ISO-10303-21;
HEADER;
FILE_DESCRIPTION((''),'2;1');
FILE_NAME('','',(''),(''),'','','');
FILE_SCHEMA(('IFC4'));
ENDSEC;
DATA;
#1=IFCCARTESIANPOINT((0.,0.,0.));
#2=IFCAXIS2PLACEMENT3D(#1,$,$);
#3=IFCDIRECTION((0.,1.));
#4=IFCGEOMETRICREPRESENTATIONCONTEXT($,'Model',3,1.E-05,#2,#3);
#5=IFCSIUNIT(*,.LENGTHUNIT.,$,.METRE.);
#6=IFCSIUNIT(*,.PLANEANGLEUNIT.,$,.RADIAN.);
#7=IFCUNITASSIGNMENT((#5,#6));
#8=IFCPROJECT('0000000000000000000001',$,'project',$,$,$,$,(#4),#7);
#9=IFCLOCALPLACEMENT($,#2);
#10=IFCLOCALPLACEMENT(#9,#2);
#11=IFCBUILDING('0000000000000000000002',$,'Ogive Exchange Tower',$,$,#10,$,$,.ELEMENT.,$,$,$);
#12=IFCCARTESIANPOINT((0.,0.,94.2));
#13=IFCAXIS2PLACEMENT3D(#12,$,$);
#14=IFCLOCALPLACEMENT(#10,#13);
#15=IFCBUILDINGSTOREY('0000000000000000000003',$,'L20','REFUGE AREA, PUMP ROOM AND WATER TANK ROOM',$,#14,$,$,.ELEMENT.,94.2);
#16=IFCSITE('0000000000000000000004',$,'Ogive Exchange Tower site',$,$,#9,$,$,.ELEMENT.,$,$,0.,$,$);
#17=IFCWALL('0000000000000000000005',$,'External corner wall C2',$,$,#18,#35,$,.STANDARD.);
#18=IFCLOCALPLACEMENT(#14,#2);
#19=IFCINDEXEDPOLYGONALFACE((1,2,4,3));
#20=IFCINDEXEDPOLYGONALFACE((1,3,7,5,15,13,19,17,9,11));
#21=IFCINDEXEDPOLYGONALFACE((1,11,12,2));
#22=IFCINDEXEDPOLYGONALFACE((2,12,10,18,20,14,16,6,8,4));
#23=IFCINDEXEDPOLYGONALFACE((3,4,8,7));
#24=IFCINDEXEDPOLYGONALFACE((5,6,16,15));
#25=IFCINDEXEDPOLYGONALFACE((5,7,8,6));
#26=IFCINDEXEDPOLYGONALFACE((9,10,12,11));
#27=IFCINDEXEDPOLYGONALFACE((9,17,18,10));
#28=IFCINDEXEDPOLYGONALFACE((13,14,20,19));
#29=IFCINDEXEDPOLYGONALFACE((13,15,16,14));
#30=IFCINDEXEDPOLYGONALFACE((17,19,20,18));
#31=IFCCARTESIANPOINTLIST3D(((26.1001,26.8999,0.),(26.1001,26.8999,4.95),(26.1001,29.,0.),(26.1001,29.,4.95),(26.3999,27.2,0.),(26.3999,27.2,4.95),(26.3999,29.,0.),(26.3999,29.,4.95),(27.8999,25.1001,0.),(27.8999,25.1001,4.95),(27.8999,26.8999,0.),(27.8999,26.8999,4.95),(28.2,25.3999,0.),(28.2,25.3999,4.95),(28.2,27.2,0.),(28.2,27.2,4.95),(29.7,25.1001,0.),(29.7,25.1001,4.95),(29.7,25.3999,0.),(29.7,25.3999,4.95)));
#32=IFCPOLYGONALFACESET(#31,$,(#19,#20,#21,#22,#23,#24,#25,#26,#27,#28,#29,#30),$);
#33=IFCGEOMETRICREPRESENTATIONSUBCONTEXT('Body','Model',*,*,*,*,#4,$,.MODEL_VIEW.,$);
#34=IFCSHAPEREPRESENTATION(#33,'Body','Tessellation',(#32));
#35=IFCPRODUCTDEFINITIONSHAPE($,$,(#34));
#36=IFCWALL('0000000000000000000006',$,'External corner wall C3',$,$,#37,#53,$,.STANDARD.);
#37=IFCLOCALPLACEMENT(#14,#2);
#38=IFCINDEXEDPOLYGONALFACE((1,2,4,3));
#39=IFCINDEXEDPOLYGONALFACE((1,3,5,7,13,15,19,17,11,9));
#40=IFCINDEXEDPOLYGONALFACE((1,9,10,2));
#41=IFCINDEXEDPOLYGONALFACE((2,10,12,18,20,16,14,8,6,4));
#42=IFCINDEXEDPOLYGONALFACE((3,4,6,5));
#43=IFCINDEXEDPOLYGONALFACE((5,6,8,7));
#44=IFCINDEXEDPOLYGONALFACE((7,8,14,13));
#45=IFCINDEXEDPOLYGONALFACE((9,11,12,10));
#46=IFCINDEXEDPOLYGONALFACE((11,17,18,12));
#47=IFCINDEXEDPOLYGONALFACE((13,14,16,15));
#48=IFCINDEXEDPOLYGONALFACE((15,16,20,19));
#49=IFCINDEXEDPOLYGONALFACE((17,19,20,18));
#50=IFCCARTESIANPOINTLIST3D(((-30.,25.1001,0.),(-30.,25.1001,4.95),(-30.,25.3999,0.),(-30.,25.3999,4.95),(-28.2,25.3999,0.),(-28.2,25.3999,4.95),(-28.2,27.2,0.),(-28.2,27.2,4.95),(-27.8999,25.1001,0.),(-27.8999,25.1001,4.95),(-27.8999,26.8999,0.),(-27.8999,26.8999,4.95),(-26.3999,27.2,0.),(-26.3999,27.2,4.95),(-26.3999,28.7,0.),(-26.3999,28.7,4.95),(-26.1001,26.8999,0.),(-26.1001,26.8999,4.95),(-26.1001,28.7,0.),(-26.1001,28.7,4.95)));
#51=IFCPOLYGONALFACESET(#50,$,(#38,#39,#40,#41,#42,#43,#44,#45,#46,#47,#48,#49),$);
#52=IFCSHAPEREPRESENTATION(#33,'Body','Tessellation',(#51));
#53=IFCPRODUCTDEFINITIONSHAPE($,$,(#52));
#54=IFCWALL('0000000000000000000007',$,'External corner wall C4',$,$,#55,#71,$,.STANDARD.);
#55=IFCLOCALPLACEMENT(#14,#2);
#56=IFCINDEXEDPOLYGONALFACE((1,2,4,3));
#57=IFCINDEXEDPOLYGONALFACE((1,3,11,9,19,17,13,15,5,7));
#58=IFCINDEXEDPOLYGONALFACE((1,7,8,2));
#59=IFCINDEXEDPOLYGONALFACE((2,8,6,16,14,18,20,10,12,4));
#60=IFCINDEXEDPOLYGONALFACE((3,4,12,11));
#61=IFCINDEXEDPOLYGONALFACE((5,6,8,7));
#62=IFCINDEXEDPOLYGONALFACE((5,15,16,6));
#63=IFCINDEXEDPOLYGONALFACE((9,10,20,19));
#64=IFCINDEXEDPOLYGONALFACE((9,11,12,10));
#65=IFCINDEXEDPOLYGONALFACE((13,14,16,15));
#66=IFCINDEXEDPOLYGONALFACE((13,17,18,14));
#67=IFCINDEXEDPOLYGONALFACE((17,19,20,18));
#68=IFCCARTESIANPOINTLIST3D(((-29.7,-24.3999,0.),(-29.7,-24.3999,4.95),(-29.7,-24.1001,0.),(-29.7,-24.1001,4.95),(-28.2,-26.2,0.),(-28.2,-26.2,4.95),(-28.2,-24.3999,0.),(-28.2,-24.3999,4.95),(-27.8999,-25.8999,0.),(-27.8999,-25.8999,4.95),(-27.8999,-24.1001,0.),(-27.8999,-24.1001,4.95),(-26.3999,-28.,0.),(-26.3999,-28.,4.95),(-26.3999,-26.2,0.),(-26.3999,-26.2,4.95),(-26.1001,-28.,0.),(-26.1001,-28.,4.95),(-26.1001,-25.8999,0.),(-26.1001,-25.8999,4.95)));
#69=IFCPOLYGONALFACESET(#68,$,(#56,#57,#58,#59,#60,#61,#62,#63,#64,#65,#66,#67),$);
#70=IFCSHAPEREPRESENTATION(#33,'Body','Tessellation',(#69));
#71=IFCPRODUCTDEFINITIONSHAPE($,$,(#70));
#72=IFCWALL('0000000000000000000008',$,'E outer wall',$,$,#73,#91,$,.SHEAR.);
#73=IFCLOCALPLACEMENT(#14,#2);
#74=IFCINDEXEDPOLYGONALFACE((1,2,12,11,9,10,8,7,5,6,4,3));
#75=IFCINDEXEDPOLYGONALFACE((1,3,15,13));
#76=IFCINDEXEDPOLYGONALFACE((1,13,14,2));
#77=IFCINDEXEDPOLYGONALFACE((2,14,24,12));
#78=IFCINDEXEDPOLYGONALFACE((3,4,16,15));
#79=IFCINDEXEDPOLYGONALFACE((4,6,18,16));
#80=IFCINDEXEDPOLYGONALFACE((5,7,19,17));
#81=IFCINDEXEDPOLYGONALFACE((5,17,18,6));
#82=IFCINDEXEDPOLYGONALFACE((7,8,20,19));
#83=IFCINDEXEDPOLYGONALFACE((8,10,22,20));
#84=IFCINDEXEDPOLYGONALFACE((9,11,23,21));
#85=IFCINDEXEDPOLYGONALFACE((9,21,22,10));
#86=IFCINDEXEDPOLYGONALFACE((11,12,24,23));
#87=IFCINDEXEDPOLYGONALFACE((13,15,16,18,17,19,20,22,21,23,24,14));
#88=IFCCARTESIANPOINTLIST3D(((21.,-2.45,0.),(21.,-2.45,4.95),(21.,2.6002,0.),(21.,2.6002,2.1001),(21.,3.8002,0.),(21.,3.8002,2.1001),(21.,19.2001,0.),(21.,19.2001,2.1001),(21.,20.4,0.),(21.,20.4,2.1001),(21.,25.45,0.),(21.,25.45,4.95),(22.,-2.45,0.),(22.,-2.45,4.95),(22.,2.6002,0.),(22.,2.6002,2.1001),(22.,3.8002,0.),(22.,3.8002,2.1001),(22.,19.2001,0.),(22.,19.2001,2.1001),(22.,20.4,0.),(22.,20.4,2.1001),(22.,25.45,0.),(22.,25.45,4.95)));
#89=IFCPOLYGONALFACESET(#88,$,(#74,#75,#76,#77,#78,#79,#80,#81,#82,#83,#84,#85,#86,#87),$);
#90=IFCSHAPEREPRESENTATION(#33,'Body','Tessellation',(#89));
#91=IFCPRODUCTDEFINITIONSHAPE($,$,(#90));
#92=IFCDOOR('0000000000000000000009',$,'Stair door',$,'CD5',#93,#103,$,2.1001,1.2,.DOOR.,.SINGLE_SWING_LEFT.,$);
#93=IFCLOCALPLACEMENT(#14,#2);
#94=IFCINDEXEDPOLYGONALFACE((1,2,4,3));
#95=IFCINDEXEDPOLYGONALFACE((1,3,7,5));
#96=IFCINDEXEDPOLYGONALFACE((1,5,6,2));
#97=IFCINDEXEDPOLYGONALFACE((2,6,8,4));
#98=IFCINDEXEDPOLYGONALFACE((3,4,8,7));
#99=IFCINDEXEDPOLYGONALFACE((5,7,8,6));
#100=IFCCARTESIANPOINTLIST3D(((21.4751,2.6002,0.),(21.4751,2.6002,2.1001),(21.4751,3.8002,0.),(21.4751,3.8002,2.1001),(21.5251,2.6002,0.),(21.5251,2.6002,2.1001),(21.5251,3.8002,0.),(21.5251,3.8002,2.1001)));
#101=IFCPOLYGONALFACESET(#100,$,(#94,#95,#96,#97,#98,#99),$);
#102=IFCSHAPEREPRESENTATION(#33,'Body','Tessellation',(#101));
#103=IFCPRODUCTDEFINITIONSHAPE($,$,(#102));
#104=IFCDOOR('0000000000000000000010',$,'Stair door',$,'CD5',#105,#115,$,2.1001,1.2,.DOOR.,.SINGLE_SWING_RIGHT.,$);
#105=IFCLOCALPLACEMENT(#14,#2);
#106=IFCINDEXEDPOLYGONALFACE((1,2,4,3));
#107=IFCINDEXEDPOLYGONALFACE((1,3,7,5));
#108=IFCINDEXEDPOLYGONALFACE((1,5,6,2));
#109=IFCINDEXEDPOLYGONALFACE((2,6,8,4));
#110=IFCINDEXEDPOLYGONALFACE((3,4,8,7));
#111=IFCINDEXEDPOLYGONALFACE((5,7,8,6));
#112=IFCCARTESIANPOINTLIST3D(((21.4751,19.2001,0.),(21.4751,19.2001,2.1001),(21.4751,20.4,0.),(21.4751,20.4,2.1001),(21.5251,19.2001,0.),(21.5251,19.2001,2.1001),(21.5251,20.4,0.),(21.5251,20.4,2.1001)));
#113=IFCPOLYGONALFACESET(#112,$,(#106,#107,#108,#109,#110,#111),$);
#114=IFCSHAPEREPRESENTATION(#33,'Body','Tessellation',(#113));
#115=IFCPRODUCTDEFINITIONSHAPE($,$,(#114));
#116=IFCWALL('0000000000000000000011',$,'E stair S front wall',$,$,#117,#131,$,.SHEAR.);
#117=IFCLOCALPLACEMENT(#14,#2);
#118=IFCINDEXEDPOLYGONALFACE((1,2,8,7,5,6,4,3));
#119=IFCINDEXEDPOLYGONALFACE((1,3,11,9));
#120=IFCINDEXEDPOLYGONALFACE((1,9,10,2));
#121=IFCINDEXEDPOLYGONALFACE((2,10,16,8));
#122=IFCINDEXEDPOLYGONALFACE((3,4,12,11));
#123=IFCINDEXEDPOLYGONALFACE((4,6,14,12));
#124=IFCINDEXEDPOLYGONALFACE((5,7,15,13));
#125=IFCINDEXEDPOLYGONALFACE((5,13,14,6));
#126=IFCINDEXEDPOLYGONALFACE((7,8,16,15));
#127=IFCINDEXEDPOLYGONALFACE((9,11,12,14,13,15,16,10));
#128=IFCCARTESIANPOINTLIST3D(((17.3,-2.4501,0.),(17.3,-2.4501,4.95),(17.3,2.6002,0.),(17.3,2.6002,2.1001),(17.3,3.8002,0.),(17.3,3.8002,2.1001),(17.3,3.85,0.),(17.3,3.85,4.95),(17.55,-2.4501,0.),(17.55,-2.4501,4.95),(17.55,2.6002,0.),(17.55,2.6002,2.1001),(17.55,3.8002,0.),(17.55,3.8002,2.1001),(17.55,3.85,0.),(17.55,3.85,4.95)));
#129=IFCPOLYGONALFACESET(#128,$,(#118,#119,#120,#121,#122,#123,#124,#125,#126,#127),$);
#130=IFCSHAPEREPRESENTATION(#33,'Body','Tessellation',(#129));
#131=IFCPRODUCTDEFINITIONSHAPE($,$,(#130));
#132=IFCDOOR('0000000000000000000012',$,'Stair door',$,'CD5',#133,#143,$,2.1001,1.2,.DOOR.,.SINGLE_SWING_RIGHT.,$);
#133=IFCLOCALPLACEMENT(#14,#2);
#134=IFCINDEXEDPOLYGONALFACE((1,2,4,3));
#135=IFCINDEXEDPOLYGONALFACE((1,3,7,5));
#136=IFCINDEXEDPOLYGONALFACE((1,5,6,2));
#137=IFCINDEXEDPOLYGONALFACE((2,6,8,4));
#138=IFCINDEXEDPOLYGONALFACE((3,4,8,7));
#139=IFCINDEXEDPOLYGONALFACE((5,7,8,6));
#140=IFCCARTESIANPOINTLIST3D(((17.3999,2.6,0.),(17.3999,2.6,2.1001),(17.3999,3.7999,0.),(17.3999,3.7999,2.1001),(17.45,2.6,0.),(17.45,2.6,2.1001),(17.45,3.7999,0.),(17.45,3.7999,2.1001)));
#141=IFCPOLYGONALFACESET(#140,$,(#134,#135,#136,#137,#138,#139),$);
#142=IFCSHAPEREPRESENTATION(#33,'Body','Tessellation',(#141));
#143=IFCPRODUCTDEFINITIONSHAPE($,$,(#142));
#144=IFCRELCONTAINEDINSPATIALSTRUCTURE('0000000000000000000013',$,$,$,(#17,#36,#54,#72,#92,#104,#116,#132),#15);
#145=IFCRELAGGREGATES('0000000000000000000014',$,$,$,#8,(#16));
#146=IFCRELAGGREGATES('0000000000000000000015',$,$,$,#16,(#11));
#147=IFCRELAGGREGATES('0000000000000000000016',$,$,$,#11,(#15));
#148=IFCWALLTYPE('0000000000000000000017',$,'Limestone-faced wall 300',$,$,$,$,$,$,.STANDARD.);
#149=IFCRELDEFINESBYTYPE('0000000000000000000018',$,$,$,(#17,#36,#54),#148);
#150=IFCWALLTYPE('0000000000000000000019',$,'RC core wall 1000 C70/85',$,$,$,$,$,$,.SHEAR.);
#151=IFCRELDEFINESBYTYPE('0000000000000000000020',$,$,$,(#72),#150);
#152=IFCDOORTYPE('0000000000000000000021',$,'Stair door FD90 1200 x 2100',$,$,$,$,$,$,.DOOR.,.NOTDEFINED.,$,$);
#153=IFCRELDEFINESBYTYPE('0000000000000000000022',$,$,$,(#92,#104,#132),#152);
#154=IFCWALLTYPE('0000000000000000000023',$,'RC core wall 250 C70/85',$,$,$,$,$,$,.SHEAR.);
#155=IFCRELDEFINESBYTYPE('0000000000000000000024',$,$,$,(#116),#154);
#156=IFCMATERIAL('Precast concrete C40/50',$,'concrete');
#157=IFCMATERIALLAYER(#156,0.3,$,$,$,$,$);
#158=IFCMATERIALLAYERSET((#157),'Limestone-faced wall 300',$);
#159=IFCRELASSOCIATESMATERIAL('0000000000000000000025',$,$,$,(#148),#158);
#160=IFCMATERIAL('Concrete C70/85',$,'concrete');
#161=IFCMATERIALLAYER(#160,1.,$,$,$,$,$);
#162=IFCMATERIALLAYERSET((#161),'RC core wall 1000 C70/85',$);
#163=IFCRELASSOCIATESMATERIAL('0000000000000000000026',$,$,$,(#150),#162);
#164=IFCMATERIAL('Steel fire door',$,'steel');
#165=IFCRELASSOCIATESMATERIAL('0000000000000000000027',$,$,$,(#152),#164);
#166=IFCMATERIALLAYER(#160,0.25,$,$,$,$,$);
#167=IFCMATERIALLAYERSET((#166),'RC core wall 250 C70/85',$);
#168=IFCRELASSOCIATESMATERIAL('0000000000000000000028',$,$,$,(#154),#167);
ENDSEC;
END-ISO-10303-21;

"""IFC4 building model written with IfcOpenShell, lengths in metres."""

from ifc_helpers import new_model, si_unit, direction, frame, frame_2d, origin, place, context, subcontext, project, spatial, polyline, rectangle, outline, extrude, material, layer, layer_set, type_object, element, fill, save


model = new_model("IFC4")

# Units and contexts
model_context = context("Model", 3, precision=1e-05, world=origin(), true_north=direction((0.0, 1.0)))
body_context = subcontext(model_context, "Body", "Model", "MODEL_VIEW")
ifc_project = project(units=[si_unit("LENGTHUNIT", "METRE"), si_unit("PLANEANGLEUNIT", "RADIAN")], contexts=[model_context])

# Site, building, storey
site_placement = place(None, origin())
site = spatial("IfcSite", under=ifc_project, at=site_placement, Name="Ogive Exchange Tower site", CompositionType="ELEMENT", RefElevation=0.0)
building_placement = place(site_placement, origin())
building = spatial("IfcBuilding", under=site, at=building_placement, Name="Ogive Exchange Tower", CompositionType="ELEMENT")
storey_placement = place(building_placement, frame((0.0, 0.0, 94.2)))
storey = spatial("IfcBuildingStorey", under=building, at=storey_placement, Name="L20", Description="REFUGE AREA, PUMP ROOM AND WATER TANK ROOM", CompositionType="ELEMENT", Elevation=94.2)

# Shared definitions
ifc_material_1 = material(Name="Concrete C70/85", Category="concrete")

# Walls
ifc_material_2 = material(Name="Precast concrete C40/50", Category="concrete")
ifc_layer_1 = layer(ifc_material_2, 0.3)
ifc_layer_set_1 = layer_set([ifc_layer_1], Name="Limestone-faced wall 300")
wall_type_1 = type_object("IfcWallType", Name="Limestone-faced wall 300", PredefinedType="STANDARD", material=ifc_layer_set_1)
wall_1_placement = place(storey_placement, origin())
element("IfcWall", 1, at=wall_1_placement, inside=storey, type_object=wall_type_1, Name="External corner wall C2", PredefinedType="STANDARD", context=body_context, shape_type="SweptSolid", body=[
    extrude(outline(polyline([(27.8999, 26.8999), (26.1001, 26.8999), (26.1001, 29.0), (26.3999, 29.0), (26.3999, 27.2), (28.2, 27.2), (28.2, 25.3999), (29.7, 25.3999), (29.7, 25.1001), (27.8999, 25.1001), (27.8999, 26.8999)])), origin(), (0.0, 0.0, 1.0), 4.95),
])
wall_2_placement = place(storey_placement, origin())
element("IfcWall", 2, at=wall_2_placement, inside=storey, type_object=wall_type_1, Name="External corner wall C3", PredefinedType="STANDARD", context=body_context, shape_type="SweptSolid", body=[
    extrude(outline(polyline([(-28.2, 25.3999), (-28.2, 27.2), (-26.3999, 27.2), (-26.3999, 28.7), (-26.1001, 28.7), (-26.1001, 26.8999), (-27.8999, 26.8999), (-27.8999, 25.1001), (-30.0, 25.1001), (-30.0, 25.3999), (-28.2, 25.3999)])), origin(), (0.0, 0.0, 1.0), 4.95),
])
wall_3_placement = place(storey_placement, origin())
element("IfcWall", 3, at=wall_3_placement, inside=storey, type_object=wall_type_1, Name="External corner wall C4", PredefinedType="STANDARD", context=body_context, shape_type="SweptSolid", body=[
    extrude(outline(polyline([(-26.3999, -26.2), (-28.2, -26.2), (-28.2, -24.3999), (-29.7, -24.3999), (-29.7, -24.1001), (-27.8999, -24.1001), (-27.8999, -25.8999), (-26.1001, -25.8999), (-26.1001, -28.0), (-26.3999, -28.0), (-26.3999, -26.2)])), origin(), (0.0, 0.0, 1.0), 4.95),
])

# Wall, openings, doors
ifc_layer_2 = layer(ifc_material_1, 1.0)
ifc_layer_set_2 = layer_set([ifc_layer_2], Name="RC core wall 1000 C70/85")
wall_type_2 = type_object("IfcWallType", Name="RC core wall 1000 C70/85", PredefinedType="SHEAR", material=ifc_layer_set_2)
wall_4_placement = place(storey_placement, frame((21.5, -2.45, 0.0), z_axis=(0.0, 0.0, 1.0), x_axis=(0.0, 1.0, 0.0)))
wall_4 = element("IfcWall", 4, at=wall_4_placement, inside=storey, type_object=wall_type_2, Name="E outer wall", PredefinedType="SHEAR", context=body_context, shape_type="SweptSolid", body=[
    extrude(rectangle(XDim=27.8999, YDim=1.0, at=frame_2d((13.95, 0.0))), origin(), (0.0, 0.0, 1.0), 4.95),
])
opening_1_placement = place(wall_4_placement, frame((5.05, 0.0, 0.0)))
opening_1 = element("IfcOpeningElement", 5, at=opening_1_placement, cuts=wall_4, PredefinedType="OPENING", context=body_context, shape_type="SweptSolid", body=[
    extrude(rectangle(XDim=1.2, YDim=2.1001, at=frame_2d((0.6001, 1.05))), frame((0.0, 0.51, 0.0), z_axis=(0.0, -1.0, 0.0), x_axis=(1.0, 0.0, 0.0)), (0.0, 0.0, 1.0), 1.02),
])
opening_2_placement = place(wall_4_placement, frame((21.6499, 0.0, 0.0)))
opening_2 = element("IfcOpeningElement", 6, at=opening_2_placement, cuts=wall_4, PredefinedType="OPENING", context=body_context, shape_type="SweptSolid", body=[
    extrude(rectangle(XDim=1.2, YDim=2.1001, at=frame_2d((0.6001, 1.05))), frame((0.0, 0.51, 0.0), z_axis=(0.0, -1.0, 0.0), x_axis=(1.0, 0.0, 0.0)), (0.0, 0.0, 1.0), 1.02),
])
ifc_material_3 = material(Name="Steel fire door", Category="steel")
door_type_1 = type_object("IfcDoorType", Name="Stair door FD90 1200 x 2100", OperationType="NOTDEFINED", PredefinedType="DOOR", material=ifc_material_3)
door_1_placement = place(opening_1_placement, origin())
door_1 = element("IfcDoor", 7, at=door_1_placement, inside=storey, type_object=door_type_1, Name="Stair door", ObjectType="CD5", OperationType="SINGLE_SWING_LEFT", OverallHeight=2.1001, OverallWidth=1.2, PredefinedType="DOOR", context=body_context, shape_type="SweptSolid", body=[
    extrude(rectangle(XDim=1.2, YDim=2.1001, at=frame_2d((0.6001, 1.05))), frame((0.0, 0.0249, 0.0), z_axis=(0.0, -1.0, 0.0), x_axis=(1.0, 0.0, 0.0)), (0.0, 0.0, 1.0), 0.05),
])
fill(opening_1, door_1)
door_2_placement = place(opening_2_placement, origin())
door_2 = element("IfcDoor", 8, at=door_2_placement, inside=storey, type_object=door_type_1, Name="Stair door", ObjectType="CD5", OperationType="SINGLE_SWING_RIGHT", OverallHeight=2.1001, OverallWidth=1.2, PredefinedType="DOOR", context=body_context, shape_type="SweptSolid", body=[
    extrude(rectangle(XDim=1.2, YDim=2.1001, at=frame_2d((0.6001, 1.05))), frame((0.0, 0.0249, 0.0), z_axis=(0.0, -1.0, 0.0), x_axis=(1.0, 0.0, 0.0)), (0.0, 0.0, 1.0), 0.05),
])
fill(opening_2, door_2)

# Wall, opening, door
ifc_layer_3 = layer(ifc_material_1, 0.25)
ifc_layer_set_3 = layer_set([ifc_layer_3], Name="RC core wall 250 C70/85")
wall_type_3 = type_object("IfcWallType", Name="RC core wall 250 C70/85", PredefinedType="SHEAR", material=ifc_layer_set_3)
wall_5_placement = place(storey_placement, frame((17.425, -2.45, 0.0), z_axis=(0.0, 0.0, 1.0), x_axis=(0.0, 1.0, 0.0)))
wall_5 = element("IfcWall", 9, at=wall_5_placement, inside=storey, type_object=wall_type_3, Name="E stair S front wall", PredefinedType="SHEAR", context=body_context, shape_type="SweptSolid", body=[
    extrude(rectangle(XDim=6.3, YDim=0.25, at=frame_2d((3.1499, 0.0))), origin(), (0.0, 0.0, 1.0), 4.95),
])
opening_3_placement = place(wall_5_placement, frame((5.05, 0.0, 0.0)))
opening_3 = element("IfcOpeningElement", 10, at=opening_3_placement, cuts=wall_5, PredefinedType="OPENING", context=body_context, shape_type="SweptSolid", body=[
    extrude(rectangle(XDim=1.2, YDim=2.1001, at=frame_2d((0.6001, 1.05))), frame((0.0, 0.135, 0.0), z_axis=(0.0, -1.0, 0.0), x_axis=(1.0, 0.0, 0.0)), (0.0, 0.0, 1.0), 0.27),
])
door_3_placement = place(opening_3_placement, frame((1.2, 0.0, 0.0), z_axis=(0.0, 0.0, 1.0), x_axis=(-1.0, 0.0, 0.0)))
door_3 = element("IfcDoor", 11, at=door_3_placement, inside=storey, type_object=door_type_1, Name="Stair door", ObjectType="CD5", OperationType="SINGLE_SWING_RIGHT", OverallHeight=2.1001, OverallWidth=1.2, PredefinedType="DOOR", context=body_context, shape_type="SweptSolid", body=[
    extrude(rectangle(XDim=1.2, YDim=2.1001, at=frame_2d((0.6001, 1.05))), frame((0.0, 0.0249, 0.0), z_axis=(0.0, -1.0, 0.0), x_axis=(1.0, 0.0, 0.0)), (0.0, 0.0, 1.0), 0.05),
])
fill(opening_3, door_3)

save(model, "model.ifc")
